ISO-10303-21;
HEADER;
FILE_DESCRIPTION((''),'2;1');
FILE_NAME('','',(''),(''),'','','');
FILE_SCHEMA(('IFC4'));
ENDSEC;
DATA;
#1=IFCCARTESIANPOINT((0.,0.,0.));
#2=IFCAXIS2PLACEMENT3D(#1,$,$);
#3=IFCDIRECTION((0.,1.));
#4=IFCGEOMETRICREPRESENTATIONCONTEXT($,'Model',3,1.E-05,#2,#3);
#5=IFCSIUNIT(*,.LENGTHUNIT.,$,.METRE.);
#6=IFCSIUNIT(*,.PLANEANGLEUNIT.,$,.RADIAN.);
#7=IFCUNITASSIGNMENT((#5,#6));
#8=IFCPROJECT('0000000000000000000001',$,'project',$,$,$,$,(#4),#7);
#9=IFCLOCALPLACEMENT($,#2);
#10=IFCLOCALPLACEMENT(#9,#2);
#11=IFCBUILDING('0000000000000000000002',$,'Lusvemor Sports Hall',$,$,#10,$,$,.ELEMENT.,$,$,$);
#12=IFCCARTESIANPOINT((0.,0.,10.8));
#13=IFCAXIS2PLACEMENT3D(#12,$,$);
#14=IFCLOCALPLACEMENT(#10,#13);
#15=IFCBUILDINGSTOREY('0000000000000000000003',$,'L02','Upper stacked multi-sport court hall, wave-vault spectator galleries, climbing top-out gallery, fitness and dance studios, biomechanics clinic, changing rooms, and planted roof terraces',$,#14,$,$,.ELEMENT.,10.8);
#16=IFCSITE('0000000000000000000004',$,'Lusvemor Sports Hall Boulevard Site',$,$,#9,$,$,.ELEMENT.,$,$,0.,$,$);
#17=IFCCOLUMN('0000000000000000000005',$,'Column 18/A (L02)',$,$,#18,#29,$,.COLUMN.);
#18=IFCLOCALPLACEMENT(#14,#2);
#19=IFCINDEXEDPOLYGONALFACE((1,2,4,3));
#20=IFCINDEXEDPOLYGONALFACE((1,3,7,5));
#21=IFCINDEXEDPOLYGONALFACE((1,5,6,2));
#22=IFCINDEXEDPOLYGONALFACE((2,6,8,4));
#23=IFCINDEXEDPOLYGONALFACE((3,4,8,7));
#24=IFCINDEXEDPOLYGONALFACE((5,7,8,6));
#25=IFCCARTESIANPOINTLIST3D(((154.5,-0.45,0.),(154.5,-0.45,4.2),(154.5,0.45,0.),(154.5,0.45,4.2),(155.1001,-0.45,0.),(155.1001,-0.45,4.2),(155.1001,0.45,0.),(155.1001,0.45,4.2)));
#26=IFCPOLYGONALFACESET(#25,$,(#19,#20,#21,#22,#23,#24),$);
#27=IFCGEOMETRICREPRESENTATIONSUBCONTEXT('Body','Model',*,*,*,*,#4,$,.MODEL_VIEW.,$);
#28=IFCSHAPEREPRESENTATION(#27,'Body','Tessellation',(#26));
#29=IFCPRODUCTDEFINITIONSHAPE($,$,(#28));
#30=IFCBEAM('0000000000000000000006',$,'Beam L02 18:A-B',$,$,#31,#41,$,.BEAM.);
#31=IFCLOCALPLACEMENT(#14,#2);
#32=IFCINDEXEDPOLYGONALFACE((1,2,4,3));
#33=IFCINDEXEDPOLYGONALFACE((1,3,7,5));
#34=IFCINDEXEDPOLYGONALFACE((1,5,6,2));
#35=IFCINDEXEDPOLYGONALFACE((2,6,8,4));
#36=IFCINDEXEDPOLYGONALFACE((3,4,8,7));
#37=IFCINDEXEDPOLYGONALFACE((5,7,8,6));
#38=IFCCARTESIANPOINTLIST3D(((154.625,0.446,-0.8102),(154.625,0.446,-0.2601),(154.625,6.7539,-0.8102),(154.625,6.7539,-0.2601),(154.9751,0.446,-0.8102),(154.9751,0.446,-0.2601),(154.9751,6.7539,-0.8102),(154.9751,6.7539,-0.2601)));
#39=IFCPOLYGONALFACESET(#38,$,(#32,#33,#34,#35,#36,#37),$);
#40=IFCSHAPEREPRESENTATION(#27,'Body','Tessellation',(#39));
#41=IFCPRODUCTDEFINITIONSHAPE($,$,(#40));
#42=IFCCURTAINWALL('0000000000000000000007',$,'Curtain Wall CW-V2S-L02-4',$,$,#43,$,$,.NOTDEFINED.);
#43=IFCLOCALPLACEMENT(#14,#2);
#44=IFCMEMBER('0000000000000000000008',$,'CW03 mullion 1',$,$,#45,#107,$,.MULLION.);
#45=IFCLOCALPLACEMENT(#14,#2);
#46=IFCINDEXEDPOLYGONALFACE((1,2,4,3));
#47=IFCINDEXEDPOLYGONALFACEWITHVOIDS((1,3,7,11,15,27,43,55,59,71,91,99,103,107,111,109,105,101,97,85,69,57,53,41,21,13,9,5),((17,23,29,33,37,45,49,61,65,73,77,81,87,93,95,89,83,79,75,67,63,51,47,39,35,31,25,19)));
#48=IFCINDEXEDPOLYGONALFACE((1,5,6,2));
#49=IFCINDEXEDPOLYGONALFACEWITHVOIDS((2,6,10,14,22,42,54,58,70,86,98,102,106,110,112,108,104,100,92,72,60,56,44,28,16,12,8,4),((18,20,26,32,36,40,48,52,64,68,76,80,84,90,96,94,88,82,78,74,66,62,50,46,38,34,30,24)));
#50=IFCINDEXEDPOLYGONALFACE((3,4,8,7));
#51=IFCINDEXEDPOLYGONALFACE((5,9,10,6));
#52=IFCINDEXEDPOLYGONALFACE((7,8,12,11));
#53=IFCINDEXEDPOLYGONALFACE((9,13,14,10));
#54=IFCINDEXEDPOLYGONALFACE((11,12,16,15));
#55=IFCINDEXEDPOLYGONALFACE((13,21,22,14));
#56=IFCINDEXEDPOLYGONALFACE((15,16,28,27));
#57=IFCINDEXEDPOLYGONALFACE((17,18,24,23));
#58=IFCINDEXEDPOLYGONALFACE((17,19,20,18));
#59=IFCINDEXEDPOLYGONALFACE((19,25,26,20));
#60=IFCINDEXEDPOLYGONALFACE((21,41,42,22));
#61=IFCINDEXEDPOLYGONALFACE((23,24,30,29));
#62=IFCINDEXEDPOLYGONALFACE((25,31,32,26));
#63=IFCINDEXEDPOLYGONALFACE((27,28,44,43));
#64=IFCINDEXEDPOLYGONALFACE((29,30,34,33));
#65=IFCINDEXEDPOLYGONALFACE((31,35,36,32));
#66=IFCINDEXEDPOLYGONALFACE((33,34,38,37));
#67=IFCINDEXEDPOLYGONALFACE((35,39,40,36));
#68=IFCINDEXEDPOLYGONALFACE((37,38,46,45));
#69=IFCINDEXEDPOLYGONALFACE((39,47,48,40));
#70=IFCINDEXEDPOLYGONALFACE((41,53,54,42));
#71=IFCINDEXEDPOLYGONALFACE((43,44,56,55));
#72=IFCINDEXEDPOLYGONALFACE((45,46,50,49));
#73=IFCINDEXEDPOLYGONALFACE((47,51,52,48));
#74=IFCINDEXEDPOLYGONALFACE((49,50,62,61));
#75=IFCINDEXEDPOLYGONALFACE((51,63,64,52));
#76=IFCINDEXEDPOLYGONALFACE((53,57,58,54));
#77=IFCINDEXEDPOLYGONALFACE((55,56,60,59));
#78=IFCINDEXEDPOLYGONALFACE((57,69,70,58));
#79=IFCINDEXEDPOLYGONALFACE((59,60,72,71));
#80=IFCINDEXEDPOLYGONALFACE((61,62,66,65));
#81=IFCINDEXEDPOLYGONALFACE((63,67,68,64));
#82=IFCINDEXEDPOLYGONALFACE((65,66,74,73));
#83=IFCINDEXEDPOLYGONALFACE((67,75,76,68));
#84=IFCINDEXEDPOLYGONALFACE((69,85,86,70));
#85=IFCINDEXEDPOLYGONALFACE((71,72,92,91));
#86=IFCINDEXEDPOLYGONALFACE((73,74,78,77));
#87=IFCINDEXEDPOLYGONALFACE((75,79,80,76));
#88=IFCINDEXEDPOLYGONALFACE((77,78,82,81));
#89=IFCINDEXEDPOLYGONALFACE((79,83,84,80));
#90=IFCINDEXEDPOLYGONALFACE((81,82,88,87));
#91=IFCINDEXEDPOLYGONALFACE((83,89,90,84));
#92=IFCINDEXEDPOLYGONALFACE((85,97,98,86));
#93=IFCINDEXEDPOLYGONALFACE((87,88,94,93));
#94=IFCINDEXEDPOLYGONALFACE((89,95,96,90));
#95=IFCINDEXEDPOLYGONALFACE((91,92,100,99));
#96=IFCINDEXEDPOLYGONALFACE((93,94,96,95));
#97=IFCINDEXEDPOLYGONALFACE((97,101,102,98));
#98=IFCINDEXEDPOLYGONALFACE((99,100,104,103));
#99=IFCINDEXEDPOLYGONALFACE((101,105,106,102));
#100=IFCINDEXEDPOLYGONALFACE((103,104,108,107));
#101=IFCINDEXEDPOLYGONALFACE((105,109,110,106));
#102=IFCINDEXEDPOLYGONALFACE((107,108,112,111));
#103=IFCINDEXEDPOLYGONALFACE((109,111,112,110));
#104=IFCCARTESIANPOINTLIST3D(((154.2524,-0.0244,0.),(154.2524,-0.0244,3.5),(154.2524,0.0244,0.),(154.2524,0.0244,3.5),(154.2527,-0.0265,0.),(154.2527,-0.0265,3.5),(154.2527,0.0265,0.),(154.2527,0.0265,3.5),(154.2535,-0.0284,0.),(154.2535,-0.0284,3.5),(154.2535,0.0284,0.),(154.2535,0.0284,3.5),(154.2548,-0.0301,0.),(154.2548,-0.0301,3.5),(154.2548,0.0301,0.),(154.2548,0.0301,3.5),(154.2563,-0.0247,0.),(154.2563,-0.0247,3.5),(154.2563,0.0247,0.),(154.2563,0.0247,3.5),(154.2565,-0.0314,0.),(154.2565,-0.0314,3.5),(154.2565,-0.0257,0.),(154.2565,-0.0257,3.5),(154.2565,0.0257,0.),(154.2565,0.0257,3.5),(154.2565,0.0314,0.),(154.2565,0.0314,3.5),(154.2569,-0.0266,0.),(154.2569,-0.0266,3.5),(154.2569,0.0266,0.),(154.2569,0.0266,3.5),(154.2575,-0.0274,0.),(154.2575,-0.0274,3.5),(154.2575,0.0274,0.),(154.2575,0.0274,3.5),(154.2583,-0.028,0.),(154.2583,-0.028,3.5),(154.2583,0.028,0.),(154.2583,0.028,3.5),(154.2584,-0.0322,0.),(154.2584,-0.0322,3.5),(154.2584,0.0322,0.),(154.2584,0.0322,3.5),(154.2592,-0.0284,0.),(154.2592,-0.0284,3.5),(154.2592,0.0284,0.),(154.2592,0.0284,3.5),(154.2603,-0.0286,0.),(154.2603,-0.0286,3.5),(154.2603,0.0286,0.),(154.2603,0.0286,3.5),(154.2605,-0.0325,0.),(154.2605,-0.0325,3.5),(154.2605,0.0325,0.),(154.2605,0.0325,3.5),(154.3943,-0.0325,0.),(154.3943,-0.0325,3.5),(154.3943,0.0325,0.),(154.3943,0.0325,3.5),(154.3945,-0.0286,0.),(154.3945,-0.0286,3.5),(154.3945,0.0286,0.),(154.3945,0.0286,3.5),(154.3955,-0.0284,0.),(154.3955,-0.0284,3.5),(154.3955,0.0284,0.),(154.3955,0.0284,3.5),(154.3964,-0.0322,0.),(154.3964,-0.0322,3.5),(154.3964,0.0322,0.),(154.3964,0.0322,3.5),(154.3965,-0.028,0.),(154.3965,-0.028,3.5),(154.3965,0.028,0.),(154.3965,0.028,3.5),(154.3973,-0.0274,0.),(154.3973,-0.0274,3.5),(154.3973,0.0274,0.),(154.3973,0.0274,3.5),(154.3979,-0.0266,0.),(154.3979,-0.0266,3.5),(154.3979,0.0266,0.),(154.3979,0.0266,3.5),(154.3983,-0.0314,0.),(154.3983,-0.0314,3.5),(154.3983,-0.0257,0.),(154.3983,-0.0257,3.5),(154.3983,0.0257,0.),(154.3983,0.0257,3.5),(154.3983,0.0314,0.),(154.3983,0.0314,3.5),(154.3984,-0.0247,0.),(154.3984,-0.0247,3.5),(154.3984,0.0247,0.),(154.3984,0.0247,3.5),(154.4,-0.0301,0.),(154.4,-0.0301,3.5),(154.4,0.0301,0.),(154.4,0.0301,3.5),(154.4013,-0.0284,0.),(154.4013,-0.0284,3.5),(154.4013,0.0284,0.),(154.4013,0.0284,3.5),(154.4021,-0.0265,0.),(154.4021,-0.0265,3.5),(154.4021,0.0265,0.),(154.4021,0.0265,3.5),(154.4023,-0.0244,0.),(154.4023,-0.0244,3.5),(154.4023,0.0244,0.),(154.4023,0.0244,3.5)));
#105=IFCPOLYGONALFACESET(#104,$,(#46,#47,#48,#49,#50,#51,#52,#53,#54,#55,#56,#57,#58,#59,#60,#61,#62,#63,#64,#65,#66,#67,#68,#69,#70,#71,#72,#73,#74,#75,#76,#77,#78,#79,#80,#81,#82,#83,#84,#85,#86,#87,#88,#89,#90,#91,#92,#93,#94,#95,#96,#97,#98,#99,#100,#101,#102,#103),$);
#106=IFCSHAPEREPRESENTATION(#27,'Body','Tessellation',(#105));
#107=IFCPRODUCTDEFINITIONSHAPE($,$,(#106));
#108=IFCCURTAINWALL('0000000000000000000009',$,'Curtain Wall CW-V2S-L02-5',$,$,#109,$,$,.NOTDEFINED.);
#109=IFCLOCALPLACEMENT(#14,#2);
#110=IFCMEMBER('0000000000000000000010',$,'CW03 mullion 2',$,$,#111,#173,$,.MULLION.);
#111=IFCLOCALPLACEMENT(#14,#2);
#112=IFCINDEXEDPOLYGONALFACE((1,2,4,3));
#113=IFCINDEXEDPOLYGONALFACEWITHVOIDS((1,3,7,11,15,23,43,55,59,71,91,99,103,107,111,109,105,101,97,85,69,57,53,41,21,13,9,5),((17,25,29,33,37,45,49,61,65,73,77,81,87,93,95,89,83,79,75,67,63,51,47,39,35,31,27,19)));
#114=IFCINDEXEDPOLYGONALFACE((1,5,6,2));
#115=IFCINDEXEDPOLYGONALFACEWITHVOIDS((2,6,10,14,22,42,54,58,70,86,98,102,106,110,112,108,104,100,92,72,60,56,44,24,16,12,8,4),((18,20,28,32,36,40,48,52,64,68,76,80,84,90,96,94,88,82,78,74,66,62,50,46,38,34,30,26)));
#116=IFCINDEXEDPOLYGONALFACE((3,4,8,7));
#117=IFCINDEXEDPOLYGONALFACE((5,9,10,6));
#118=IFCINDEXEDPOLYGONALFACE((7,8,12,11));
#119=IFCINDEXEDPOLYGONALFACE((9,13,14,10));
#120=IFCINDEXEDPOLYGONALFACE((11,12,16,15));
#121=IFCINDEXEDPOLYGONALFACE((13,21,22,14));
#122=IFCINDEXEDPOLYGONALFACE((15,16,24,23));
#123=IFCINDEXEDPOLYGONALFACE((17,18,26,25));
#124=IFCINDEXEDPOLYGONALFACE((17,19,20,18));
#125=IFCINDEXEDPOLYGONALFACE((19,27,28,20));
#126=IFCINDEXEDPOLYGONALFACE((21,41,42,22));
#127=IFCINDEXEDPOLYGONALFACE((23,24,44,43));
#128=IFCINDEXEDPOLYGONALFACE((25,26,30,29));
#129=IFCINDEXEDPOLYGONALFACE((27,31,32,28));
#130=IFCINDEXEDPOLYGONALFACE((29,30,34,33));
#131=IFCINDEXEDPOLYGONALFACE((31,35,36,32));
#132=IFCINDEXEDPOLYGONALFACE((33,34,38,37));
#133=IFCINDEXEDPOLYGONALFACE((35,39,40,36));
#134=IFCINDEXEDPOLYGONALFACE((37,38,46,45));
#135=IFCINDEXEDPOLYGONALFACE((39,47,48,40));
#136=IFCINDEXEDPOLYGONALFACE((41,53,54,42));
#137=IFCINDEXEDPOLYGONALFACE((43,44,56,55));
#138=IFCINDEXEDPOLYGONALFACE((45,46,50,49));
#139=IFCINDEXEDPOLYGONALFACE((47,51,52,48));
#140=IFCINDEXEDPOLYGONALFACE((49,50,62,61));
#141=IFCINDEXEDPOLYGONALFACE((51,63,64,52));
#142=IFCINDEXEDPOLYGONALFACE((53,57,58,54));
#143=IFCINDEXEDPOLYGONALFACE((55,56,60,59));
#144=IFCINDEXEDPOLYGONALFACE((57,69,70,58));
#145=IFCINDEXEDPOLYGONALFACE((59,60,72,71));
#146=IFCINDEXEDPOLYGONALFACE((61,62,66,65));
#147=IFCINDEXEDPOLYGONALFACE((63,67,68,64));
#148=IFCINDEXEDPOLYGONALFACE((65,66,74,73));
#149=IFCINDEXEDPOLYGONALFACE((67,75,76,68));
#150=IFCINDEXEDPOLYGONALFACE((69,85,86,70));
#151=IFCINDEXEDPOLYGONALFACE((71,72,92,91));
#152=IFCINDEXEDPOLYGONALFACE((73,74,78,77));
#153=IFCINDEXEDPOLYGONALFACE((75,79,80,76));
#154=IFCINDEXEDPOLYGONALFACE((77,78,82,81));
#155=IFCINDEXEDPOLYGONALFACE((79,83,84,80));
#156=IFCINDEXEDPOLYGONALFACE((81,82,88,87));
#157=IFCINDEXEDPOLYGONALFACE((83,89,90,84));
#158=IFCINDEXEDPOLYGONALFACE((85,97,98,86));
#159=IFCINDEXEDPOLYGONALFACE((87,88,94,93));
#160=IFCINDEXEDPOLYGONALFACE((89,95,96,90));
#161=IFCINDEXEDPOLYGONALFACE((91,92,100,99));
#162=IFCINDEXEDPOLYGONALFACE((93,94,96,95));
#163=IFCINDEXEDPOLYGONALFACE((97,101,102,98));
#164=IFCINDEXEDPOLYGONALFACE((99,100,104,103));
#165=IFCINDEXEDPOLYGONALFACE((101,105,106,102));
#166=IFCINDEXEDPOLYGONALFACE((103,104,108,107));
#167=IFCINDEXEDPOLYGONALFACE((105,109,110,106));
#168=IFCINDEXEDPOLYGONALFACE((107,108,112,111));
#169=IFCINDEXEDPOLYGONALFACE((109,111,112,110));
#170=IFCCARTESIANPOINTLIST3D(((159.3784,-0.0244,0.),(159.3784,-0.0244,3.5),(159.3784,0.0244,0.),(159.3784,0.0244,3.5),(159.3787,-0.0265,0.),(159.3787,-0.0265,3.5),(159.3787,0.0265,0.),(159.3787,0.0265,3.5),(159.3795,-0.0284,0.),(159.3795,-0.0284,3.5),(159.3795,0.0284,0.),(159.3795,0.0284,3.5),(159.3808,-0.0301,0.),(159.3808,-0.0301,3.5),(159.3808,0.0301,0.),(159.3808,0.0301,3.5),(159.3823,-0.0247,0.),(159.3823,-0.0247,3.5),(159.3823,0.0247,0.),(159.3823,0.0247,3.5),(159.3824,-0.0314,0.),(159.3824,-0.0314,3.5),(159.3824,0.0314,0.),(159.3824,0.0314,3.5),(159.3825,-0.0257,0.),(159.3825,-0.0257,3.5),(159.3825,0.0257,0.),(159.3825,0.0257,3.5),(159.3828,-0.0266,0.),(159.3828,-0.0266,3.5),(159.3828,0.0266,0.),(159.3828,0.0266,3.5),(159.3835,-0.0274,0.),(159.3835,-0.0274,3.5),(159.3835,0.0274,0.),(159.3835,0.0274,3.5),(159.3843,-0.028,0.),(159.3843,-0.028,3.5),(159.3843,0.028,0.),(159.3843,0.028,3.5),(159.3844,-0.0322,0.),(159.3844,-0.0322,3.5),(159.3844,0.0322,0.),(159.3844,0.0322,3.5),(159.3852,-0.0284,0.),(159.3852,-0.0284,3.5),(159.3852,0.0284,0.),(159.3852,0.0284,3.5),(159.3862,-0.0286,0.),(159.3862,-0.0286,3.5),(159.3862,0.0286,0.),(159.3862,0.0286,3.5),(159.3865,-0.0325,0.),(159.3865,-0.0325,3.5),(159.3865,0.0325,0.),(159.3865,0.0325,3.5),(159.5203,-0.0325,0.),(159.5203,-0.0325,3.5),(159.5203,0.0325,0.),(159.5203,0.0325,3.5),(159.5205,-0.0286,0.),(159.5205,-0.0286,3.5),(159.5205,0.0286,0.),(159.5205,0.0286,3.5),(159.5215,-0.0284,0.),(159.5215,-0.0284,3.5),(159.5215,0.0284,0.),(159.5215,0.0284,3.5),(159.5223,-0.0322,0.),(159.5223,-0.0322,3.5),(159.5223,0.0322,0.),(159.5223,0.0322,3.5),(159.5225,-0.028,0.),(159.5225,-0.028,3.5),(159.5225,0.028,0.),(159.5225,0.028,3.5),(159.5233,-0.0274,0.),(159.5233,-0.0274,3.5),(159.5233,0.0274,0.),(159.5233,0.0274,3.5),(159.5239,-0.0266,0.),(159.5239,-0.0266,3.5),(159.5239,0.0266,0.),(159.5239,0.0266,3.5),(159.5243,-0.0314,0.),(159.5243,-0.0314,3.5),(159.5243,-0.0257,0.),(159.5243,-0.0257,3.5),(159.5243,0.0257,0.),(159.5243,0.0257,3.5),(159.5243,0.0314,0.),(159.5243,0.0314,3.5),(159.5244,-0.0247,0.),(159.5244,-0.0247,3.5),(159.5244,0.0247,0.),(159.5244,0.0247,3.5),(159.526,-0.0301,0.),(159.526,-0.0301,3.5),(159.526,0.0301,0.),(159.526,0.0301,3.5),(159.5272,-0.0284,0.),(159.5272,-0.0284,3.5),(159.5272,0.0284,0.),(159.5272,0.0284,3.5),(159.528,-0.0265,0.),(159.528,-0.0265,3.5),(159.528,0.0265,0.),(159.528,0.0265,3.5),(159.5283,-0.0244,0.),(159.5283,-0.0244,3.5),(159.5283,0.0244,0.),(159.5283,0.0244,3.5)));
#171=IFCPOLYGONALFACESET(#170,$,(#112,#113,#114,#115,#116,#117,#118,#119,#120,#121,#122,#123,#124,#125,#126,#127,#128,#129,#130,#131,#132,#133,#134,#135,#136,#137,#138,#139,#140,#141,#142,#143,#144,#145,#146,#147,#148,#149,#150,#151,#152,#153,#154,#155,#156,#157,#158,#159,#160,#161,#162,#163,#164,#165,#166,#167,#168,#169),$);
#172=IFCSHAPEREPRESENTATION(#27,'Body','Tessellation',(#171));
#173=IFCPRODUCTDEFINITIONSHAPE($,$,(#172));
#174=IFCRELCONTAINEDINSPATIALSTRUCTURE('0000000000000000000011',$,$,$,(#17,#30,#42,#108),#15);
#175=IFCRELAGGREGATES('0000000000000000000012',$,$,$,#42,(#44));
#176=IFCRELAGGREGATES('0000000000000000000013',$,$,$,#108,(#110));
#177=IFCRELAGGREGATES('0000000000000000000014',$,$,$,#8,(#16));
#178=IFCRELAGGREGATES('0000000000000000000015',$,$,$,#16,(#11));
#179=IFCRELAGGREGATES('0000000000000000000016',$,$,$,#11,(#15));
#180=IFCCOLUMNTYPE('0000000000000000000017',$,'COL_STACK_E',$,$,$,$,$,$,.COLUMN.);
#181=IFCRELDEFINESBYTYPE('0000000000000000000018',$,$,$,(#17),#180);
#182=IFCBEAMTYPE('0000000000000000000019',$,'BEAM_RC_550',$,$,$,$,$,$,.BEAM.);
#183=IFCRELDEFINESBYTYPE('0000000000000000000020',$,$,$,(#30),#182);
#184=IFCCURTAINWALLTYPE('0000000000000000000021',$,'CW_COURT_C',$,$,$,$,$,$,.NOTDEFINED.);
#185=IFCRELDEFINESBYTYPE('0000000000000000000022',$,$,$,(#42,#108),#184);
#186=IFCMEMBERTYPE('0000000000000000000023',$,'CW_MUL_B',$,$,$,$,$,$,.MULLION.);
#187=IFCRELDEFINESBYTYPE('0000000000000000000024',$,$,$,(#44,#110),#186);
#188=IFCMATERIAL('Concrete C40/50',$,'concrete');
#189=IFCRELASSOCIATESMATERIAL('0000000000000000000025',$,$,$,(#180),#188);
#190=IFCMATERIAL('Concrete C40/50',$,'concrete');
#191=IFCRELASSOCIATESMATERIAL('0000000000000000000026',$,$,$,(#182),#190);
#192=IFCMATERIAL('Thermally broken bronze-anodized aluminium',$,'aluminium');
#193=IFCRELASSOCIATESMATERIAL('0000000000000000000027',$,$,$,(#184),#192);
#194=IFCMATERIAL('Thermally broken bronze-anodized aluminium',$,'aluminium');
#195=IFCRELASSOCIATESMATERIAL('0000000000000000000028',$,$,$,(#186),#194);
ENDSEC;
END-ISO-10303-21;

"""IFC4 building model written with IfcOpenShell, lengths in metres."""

from ifc_helpers import new_model, si_unit, direction, frame, origin, origin_2d, place, context, subcontext, project, spatial, rectangle, hollow_rectangle, extrude, material, material_profile, profile_set, type_object, element, aggregate, save


model = new_model("IFC4")

# Units and contexts
model_context = context("Model", 3, precision=1e-05, world=origin(), true_north=direction((0.0, 1.0)))
body_context = subcontext(model_context, "Body", "Model", "MODEL_VIEW")
ifc_project = project(units=[si_unit("LENGTHUNIT", "METRE"), si_unit("PLANEANGLEUNIT", "RADIAN")], contexts=[model_context])

# Site, building, storey
site_placement = place(None, origin())
site = spatial("IfcSite", under=ifc_project, at=site_placement, Name="Lusvemor Sports Hall Boulevard Site", CompositionType="ELEMENT", RefElevation=0.0)
building_placement = place(site_placement, origin())
building = spatial("IfcBuilding", under=site, at=building_placement, Name="Lusvemor Sports Hall", CompositionType="ELEMENT")
storey_placement = place(building_placement, frame((0.0, 0.0, 10.8)))
storey = spatial("IfcBuildingStorey", under=building, at=storey_placement, Name="L02", Description="Upper stacked multi-sport court hall, wave-vault spectator galleries, climbing top-out gallery, fitness and dance studios, biomechanics clinic, changing rooms, and planted roof terraces", CompositionType="ELEMENT", Elevation=10.8)

# Column
ifc_material_1 = material(Name="Concrete C40/50", Category="concrete")
ifc_material_profile_1 = material_profile(ifc_material_1, rectangle(XDim=0.6001, YDim=0.8999, at=origin_2d()), Name="RC600x900")
ifc_profile_set_1 = profile_set([ifc_material_profile_1], Name="Concrete C40/50")
column_type = type_object("IfcColumnType", Name="COL_STACK_E", PredefinedType="COLUMN", material=ifc_profile_set_1)
column_placement = place(storey_placement, frame((154.8, 0.0, 0.0), z_axis=(0.0, 0.0, 1.0), x_axis=(1.0, 0.0, 0.0)))
element("IfcColumn", 1, at=column_placement, inside=storey, type_object=column_type, Name="Column 18/A (L02)", PredefinedType="COLUMN", context=body_context, shape_type="SweptSolid", body=[
    extrude(rectangle(XDim=0.6001, YDim=0.8999, at=origin_2d()), origin(), (0.0, 0.0, 1.0), 4.2),
])

# Beam
ifc_material_2 = material(Name="Concrete C40/50", Category="concrete")
ifc_material_profile_2 = material_profile(ifc_material_2, rectangle(XDim=0.3501, YDim=0.55, at=origin_2d()), Name="RC350x550")
ifc_profile_set_2 = profile_set([ifc_material_profile_2], Name="Concrete C40/50")
beam_type_1 = type_object("IfcBeamType", Name="BEAM_RC_550", PredefinedType="BEAM", material=ifc_profile_set_2)
beam_1_placement = place(storey_placement, frame((154.8, 0.446, -0.5352), z_axis=(0.0, 1.0, 0.0), x_axis=(-1.0, 0.0, 0.0)))
element("IfcBeam", 2, at=beam_1_placement, inside=storey, type_object=beam_type_1, Name="Beam L02 18:A-B", PredefinedType="BEAM", context=body_context, shape_type="SweptSolid", body=[
    extrude(rectangle(XDim=0.3501, YDim=0.55, at=origin_2d()), origin(), (0.0, 0.0, 1.0), 6.3079),
])

# Curtain wall, member
ifc_material_3 = material(Name="Thermally broken bronze-anodized aluminium", Category="aluminium")
curtain_wall_type = type_object("IfcCurtainWallType", Name="CW_COURT_C", PredefinedType="NOTDEFINED", material=ifc_material_3)
curtain_wall_1_placement = place(storey_placement, origin())
curtain_wall_1 = element("IfcCurtainWall", 3, at=curtain_wall_1_placement, inside=storey, type_object=curtain_wall_type, Name="Curtain Wall CW-V2S-L02-4", PredefinedType="NOTDEFINED")
ifc_material_4 = material(Name="Thermally broken bronze-anodized aluminium", Category="aluminium")
ifc_material_profile_3 = material_profile(ifc_material_4, hollow_rectangle(XDim=0.0649, YDim=0.1499, WallThickness=0.0039, InnerFilletRadius=0.0039, OuterFilletRadius=0.0081, at=origin_2d()), Name="CWMUL150x65x4")
ifc_profile_set_3 = profile_set([ifc_material_profile_3], Name="Thermally broken bronze-anodized aluminium")
member_type_1 = type_object("IfcMemberType", Name="CW_MUL_B", PredefinedType="MULLION", material=ifc_profile_set_3)
member_1_placement = place(storey_placement, frame((154.3274, 0.0, 0.0), z_axis=(0.0, 0.0, 1.0), x_axis=(0.0, -1.0, 0.0)))
member_1 = element("IfcMember", 4, at=member_1_placement, type_object=member_type_1, Name="CW03 mullion 1", PredefinedType="MULLION", context=body_context, shape_type="SweptSolid", body=[
    extrude(hollow_rectangle(XDim=0.0649, YDim=0.1499, WallThickness=0.0039, InnerFilletRadius=0.0039, OuterFilletRadius=0.0081, at=origin_2d()), origin(), (0.0, 0.0, 1.0), 3.5),
])

# Curtain wall, member
curtain_wall_2_placement = place(storey_placement, origin())
curtain_wall_2 = element("IfcCurtainWall", 5, at=curtain_wall_2_placement, inside=storey, type_object=curtain_wall_type, Name="Curtain Wall CW-V2S-L02-5", PredefinedType="NOTDEFINED")
member_2_placement = place(storey_placement, frame((159.4534, 0.0, 0.0), z_axis=(0.0, 0.0, 1.0), x_axis=(0.0, -1.0, 0.0)))
member_2 = element("IfcMember", 6, at=member_2_placement, type_object=member_type_1, Name="CW03 mullion 2", PredefinedType="MULLION", context=body_context, shape_type="SweptSolid", body=[
    extrude(hollow_rectangle(XDim=0.0649, YDim=0.1499, WallThickness=0.0039, InnerFilletRadius=0.0039, OuterFilletRadius=0.0081, at=origin_2d()), origin(), (0.0, 0.0, 1.0), 3.5),
])

aggregate(curtain_wall_1, [member_1])

aggregate(curtain_wall_2, [member_2])

save(model, "model.ifc")
